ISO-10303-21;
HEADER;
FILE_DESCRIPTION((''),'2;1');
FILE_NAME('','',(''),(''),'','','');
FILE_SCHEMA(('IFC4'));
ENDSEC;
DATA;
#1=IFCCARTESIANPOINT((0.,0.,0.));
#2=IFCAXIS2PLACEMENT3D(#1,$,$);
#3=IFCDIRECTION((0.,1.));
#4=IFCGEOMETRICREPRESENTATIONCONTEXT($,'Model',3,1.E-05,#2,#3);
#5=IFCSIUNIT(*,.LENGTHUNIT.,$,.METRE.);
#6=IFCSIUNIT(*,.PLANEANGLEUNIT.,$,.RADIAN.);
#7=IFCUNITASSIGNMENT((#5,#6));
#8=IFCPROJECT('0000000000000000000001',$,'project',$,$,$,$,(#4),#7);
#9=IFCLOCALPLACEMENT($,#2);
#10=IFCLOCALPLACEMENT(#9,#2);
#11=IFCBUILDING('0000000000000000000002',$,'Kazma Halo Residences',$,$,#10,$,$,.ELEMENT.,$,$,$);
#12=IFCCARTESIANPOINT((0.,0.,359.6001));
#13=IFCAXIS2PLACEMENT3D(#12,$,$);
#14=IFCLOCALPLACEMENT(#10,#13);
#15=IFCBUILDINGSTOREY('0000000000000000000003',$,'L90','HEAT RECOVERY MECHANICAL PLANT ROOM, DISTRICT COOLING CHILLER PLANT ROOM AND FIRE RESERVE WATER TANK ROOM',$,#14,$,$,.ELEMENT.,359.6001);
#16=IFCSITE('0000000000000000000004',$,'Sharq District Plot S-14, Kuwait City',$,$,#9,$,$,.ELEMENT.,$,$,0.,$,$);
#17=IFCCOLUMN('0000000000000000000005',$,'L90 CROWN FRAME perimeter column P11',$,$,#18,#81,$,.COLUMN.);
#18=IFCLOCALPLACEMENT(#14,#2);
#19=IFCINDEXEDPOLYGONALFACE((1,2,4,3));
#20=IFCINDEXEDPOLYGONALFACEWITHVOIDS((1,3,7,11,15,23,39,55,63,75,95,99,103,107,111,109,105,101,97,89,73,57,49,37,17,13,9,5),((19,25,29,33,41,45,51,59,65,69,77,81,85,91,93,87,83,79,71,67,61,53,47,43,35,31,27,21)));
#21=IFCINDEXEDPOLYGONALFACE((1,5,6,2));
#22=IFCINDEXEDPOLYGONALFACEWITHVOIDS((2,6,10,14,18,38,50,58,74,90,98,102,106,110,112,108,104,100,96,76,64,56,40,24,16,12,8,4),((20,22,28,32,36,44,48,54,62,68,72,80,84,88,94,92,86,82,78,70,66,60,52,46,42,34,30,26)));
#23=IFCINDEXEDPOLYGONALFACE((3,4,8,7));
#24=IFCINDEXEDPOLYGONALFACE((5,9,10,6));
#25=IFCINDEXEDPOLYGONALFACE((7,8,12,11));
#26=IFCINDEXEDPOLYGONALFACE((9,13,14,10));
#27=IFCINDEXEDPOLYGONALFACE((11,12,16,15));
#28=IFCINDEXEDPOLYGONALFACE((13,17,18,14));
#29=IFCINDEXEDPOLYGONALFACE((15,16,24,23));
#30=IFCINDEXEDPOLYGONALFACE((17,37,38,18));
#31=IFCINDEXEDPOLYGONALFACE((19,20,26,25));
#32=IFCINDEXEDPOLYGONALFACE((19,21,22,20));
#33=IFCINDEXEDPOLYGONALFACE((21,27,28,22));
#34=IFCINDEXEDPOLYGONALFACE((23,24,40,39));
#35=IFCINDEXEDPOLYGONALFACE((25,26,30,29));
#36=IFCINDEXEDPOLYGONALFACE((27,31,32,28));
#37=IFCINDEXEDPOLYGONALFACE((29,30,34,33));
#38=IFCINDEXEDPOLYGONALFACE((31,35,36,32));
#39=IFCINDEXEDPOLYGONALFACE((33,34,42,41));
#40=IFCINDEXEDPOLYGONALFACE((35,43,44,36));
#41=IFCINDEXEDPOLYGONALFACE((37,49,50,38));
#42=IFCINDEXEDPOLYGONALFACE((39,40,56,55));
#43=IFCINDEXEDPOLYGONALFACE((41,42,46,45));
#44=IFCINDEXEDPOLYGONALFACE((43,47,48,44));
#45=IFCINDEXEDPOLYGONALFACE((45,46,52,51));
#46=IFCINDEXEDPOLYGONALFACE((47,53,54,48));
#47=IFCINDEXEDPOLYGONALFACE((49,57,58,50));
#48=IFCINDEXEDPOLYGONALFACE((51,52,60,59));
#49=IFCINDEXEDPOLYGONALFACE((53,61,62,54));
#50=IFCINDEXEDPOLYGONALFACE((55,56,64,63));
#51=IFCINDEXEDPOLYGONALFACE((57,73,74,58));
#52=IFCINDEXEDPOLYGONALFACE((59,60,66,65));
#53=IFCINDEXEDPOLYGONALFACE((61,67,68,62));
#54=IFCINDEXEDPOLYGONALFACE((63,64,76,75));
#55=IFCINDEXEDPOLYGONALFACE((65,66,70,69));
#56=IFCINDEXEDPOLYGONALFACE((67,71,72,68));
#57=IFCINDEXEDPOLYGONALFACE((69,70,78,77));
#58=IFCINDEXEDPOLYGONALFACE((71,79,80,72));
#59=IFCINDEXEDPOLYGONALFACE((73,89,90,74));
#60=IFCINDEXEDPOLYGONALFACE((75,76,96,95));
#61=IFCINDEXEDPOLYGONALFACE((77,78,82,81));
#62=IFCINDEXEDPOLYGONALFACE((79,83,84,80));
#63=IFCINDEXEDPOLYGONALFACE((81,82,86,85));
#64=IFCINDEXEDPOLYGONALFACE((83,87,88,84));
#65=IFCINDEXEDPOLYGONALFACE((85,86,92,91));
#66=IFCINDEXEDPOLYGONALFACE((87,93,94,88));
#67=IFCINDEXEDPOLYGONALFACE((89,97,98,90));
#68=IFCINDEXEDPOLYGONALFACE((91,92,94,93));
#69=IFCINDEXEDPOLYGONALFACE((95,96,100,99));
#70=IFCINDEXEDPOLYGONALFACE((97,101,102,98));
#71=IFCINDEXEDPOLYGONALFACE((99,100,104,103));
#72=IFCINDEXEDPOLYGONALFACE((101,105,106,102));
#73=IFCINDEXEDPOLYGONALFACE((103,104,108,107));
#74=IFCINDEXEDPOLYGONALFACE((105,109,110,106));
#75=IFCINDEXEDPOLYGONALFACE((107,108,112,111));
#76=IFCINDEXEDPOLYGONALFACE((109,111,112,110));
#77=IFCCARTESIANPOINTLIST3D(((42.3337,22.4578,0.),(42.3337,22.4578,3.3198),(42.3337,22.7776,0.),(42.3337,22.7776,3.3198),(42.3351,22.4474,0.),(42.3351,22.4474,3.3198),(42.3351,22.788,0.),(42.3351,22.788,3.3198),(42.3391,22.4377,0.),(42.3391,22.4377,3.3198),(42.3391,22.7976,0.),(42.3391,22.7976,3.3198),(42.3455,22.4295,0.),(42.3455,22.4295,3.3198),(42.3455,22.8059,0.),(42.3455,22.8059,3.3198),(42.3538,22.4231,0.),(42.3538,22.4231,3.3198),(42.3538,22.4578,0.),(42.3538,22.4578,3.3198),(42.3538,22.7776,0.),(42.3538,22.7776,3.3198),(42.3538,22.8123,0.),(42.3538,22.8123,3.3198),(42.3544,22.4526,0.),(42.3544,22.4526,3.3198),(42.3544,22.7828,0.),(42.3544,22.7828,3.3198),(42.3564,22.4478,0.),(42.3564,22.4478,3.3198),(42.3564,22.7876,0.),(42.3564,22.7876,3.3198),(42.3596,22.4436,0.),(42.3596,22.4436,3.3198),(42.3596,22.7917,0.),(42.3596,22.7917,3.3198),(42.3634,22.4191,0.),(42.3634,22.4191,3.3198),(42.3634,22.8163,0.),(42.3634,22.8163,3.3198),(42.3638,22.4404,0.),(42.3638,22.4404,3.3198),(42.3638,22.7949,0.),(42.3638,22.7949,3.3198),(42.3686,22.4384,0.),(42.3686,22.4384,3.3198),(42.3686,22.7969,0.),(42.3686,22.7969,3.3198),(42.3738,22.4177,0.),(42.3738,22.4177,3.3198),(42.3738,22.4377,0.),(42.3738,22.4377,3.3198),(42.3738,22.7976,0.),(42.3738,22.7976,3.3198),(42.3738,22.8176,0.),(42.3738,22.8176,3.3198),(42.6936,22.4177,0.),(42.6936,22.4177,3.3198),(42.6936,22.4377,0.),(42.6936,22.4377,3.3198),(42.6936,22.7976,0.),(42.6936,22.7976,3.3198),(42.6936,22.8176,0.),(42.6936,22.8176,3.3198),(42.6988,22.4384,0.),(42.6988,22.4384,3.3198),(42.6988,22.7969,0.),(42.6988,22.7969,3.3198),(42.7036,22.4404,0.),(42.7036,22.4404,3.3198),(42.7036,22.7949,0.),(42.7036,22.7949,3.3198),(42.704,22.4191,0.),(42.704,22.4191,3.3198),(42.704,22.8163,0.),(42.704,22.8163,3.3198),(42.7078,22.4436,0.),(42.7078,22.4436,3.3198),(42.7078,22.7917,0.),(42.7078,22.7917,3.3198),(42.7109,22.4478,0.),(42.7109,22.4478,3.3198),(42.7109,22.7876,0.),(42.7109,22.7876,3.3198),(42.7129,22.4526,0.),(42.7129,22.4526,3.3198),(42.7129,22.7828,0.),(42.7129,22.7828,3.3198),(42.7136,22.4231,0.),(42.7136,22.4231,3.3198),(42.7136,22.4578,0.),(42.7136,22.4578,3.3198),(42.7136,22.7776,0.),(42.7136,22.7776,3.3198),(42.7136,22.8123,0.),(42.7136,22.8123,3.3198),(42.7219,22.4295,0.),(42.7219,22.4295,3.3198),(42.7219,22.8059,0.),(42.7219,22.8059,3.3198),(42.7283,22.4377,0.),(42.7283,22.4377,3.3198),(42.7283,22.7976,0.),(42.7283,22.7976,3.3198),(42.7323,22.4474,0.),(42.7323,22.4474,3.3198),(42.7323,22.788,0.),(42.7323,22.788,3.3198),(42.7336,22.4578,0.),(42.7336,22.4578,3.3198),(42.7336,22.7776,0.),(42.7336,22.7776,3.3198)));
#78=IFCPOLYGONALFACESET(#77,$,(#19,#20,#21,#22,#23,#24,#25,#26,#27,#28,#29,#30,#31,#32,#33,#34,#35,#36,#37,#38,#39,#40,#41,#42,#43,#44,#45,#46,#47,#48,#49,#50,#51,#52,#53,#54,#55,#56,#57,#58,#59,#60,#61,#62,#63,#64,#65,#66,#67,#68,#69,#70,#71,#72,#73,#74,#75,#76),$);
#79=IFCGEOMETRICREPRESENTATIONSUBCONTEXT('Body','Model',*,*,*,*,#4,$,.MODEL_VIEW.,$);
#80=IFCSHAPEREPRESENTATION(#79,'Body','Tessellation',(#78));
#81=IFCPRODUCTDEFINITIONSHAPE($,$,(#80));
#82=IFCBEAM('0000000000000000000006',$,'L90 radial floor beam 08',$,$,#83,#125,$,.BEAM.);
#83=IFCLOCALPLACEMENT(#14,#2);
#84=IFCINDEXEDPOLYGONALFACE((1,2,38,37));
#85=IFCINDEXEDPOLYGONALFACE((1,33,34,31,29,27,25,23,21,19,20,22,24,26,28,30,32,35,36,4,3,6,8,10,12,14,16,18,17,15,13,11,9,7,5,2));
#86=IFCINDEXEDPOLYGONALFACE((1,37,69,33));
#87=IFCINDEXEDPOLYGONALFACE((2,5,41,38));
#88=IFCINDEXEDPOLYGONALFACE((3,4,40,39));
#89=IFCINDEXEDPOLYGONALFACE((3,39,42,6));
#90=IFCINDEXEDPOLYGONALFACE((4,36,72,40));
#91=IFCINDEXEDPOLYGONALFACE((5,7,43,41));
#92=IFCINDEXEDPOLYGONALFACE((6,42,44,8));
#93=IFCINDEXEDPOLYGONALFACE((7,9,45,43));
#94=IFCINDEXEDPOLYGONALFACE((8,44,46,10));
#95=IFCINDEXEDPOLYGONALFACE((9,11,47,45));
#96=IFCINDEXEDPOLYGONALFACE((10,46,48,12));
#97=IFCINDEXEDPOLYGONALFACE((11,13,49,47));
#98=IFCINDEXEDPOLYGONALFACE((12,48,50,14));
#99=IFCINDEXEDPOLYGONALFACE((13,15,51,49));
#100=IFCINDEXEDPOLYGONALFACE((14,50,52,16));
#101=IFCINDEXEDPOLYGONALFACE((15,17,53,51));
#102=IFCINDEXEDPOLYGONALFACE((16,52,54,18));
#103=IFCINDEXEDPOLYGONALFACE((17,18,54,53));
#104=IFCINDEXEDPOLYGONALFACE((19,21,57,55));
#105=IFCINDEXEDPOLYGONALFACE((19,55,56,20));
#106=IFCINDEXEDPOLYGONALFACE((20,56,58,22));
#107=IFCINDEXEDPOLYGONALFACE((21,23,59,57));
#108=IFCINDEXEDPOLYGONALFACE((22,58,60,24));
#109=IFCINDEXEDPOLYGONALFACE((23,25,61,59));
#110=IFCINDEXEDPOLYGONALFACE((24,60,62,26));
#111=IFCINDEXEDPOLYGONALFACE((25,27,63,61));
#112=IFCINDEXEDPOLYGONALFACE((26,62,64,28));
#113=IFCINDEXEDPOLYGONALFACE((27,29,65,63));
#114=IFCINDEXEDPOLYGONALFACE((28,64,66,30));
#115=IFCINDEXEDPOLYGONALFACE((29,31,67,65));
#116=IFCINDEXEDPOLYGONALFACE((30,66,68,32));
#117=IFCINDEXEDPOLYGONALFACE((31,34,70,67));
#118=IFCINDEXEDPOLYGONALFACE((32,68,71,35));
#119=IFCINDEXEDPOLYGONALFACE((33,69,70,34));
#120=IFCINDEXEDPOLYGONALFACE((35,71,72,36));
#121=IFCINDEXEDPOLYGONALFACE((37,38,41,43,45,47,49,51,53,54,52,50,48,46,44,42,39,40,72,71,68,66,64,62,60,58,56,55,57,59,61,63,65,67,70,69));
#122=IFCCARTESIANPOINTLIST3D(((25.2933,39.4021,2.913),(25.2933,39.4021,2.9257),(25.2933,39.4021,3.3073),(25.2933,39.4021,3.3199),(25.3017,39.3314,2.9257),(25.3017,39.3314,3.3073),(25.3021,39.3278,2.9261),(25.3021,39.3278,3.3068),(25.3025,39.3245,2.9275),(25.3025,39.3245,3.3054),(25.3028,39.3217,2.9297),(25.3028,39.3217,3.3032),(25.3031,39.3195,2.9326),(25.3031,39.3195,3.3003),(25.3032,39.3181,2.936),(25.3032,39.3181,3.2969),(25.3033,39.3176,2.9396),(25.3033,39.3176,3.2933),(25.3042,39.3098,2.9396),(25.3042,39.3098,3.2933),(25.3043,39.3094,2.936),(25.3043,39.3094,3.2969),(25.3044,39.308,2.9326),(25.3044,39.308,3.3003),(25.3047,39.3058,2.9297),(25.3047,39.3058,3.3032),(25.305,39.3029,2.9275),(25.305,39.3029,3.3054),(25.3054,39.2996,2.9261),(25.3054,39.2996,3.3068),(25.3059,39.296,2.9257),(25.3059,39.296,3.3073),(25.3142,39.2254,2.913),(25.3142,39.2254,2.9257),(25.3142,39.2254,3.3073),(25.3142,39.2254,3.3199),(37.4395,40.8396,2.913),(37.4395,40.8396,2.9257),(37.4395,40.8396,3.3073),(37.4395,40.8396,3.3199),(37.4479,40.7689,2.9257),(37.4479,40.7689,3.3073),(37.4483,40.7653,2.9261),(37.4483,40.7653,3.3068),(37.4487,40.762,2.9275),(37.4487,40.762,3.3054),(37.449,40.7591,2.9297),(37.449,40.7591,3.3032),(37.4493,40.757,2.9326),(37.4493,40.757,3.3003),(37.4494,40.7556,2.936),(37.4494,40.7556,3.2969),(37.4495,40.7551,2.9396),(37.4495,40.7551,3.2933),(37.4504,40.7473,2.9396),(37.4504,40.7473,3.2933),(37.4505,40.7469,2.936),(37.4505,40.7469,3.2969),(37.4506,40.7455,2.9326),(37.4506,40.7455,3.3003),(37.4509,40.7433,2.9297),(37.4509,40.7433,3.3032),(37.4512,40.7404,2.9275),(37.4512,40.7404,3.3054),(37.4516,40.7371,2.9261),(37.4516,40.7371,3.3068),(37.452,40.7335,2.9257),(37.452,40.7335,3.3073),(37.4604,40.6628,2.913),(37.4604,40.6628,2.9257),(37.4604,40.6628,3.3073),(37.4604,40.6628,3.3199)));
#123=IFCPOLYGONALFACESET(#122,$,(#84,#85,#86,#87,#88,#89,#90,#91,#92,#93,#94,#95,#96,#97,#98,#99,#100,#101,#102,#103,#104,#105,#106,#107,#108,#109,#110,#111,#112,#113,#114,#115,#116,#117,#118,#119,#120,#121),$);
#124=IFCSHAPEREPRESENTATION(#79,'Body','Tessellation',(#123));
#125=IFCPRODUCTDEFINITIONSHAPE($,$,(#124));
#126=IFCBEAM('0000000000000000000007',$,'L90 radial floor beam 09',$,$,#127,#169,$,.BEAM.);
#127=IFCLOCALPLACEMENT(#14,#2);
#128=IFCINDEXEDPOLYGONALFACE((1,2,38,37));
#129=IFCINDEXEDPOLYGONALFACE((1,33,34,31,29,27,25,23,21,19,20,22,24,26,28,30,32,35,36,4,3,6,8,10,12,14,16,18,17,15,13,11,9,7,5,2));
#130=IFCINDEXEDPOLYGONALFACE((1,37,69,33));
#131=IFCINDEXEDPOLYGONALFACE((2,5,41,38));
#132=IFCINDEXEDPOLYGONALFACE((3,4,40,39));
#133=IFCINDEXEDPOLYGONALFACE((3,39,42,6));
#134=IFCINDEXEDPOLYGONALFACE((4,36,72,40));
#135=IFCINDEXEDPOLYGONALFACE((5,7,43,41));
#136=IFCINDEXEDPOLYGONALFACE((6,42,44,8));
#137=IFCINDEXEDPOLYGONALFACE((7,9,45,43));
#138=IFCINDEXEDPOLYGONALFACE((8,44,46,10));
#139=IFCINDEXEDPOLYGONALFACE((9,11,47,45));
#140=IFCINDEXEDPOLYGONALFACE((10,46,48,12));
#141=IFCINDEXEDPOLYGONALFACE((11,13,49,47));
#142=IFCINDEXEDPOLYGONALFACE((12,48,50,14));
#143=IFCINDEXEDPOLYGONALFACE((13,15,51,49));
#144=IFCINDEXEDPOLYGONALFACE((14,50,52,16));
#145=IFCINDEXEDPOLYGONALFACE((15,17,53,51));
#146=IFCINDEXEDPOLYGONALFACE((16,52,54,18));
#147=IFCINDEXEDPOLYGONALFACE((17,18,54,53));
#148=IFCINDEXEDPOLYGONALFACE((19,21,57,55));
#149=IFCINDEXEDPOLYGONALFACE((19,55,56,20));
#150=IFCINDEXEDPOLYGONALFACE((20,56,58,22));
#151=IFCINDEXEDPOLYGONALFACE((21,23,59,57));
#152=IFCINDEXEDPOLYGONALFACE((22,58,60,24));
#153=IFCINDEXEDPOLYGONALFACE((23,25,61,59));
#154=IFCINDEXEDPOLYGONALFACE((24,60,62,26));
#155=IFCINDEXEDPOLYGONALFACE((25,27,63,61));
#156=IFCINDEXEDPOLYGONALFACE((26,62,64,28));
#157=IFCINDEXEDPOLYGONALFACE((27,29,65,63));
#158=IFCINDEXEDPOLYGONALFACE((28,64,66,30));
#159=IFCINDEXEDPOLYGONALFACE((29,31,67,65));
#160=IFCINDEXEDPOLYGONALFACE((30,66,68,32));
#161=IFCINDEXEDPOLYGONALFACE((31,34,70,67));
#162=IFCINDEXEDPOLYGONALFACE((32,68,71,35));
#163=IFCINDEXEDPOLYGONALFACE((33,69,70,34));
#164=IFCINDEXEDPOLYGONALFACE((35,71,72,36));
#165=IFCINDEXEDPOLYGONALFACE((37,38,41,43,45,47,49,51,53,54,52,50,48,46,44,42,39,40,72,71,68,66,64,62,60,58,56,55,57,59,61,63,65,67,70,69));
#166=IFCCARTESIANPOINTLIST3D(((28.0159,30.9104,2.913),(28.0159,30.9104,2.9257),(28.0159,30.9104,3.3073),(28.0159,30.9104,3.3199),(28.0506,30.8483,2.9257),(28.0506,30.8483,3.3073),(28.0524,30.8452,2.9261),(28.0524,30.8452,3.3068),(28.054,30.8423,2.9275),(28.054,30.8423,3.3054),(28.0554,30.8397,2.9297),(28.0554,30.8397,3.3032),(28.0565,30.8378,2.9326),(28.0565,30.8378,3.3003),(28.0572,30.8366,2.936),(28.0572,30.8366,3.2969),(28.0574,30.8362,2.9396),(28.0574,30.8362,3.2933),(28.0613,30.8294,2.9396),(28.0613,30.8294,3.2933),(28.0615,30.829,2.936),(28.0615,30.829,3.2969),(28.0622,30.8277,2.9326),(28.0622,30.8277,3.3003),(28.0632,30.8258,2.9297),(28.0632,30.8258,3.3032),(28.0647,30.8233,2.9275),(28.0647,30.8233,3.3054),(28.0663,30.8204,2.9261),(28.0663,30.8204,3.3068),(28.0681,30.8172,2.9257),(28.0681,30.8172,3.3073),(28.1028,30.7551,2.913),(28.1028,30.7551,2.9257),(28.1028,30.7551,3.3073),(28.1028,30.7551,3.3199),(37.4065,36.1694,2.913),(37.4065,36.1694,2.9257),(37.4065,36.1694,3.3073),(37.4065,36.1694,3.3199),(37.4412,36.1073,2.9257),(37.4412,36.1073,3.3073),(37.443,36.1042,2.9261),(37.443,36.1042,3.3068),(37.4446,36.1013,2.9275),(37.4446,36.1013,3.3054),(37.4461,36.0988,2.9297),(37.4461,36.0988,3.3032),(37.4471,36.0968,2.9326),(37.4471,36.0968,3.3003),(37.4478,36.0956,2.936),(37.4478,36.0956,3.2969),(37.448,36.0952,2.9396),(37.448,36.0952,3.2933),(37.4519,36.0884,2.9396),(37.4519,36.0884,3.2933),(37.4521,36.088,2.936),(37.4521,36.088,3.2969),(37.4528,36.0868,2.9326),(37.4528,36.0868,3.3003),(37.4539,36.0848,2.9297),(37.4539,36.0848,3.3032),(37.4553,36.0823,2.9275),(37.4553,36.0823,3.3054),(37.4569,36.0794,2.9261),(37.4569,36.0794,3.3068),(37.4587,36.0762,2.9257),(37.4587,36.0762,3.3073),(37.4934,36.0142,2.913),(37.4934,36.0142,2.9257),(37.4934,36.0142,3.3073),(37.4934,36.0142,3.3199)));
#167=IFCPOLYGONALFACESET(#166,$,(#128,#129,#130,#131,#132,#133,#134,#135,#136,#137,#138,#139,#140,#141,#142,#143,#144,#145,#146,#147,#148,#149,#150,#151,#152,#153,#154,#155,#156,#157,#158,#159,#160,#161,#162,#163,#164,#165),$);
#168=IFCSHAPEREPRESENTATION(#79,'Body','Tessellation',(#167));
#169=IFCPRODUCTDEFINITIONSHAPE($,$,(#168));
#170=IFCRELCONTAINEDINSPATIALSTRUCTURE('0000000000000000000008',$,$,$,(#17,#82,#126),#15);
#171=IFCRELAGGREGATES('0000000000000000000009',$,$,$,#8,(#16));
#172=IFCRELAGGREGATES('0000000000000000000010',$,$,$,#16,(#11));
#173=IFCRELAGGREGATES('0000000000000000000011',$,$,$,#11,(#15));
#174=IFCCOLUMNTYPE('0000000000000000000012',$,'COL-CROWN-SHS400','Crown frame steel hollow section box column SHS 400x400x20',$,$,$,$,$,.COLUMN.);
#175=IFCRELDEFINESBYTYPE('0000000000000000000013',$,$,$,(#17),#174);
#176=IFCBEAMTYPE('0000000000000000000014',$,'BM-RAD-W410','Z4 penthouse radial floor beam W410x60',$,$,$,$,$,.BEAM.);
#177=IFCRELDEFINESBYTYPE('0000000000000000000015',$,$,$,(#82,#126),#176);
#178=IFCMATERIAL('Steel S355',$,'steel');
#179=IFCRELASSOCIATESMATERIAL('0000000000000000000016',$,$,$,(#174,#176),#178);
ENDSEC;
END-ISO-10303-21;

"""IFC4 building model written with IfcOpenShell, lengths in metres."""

from ifc_helpers import new_model, si_unit, direction, frame, origin, origin_2d, place, context, subcontext, project, spatial, hollow_rectangle, i_section, extrude, material, material_profile, profile_set, type_object, element, save


model = new_model("IFC4")

# Units and contexts
model_context = context("Model", 3, precision=1e-05, world=origin(), true_north=direction((0.0, 1.0)))
body_context = subcontext(model_context, "Body", "Model", "MODEL_VIEW")
ifc_project = project(units=[si_unit("LENGTHUNIT", "METRE"), si_unit("PLANEANGLEUNIT", "RADIAN")], contexts=[model_context])

# Site, building, storey
site_placement = place(None, origin())
site = spatial("IfcSite", under=ifc_project, at=site_placement, Name="Sharq District Plot S-14, Kuwait City", CompositionType="ELEMENT", RefElevation=0.0)
building_placement = place(site_placement, origin())
building = spatial("IfcBuilding", under=site, at=building_placement, Name="Kazma Halo Residences", CompositionType="ELEMENT")
storey_placement = place(building_placement, frame((0.0, 0.0, 359.6001)))
storey = spatial("IfcBuildingStorey", under=building, at=storey_placement, Name="L90", Description="HEAT RECOVERY MECHANICAL PLANT ROOM, DISTRICT COOLING CHILLER PLANT ROOM AND FIRE RESERVE WATER TANK ROOM", CompositionType="ELEMENT", Elevation=359.6001)

# Column
ifc_material_1 = material(Name="Steel S355", Category="steel")
ifc_material_profile_1 = material_profile(ifc_material_1, hollow_rectangle(XDim=0.3999, YDim=0.3999, WallThickness=0.02, InnerFilletRadius=0.02, OuterFilletRadius=0.04, at=origin_2d()), Name="SHS400x400x20")
ifc_profile_set_1 = profile_set([ifc_material_profile_1], Name="Steel S355")
column_type = type_object("IfcColumnType", Name="COL-CROWN-SHS400", Description="Crown frame steel hollow section box column SHS 400x400x20", PredefinedType="COLUMN", material=ifc_profile_set_1)
column_placement = place(storey_placement, frame((42.5337, 22.6177, 0.0), z_axis=(0.0, 0.0, 1.0), x_axis=(1.0, 0.0, 0.0)))
element("IfcColumn", 1, at=column_placement, inside=storey, type_object=column_type, Name="L90 CROWN FRAME perimeter column P11", PredefinedType="COLUMN", context=body_context, shape_type="SweptSolid", body=[
    extrude(hollow_rectangle(XDim=0.3999, YDim=0.3999, WallThickness=0.02, InnerFilletRadius=0.02, OuterFilletRadius=0.04, at=origin_2d()), origin(), (0.0, 0.0, 1.0), 3.3198),
])

# Beams
ifc_material_profile_2 = material_profile(ifc_material_1, i_section(OverallWidth=0.178, OverallDepth=0.407, WebThickness=0.0078, FlangeThickness=0.0127, FilletRadius=0.0139, at=origin_2d()), Name="W410x60")
ifc_profile_set_2 = profile_set([ifc_material_profile_2], Name="Steel S355")
beam_type_1 = type_object("IfcBeamType", Name="BM-RAD-W410", Description="Z4 penthouse radial floor beam W410x60", PredefinedType="BEAM", material=ifc_profile_set_2)
beam_1_placement = place(storey_placement, frame((37.45, 40.7512, 3.1165), z_axis=(-0.993069, -0.117529, 0.0), x_axis=(0.117529, -0.993069, 0.0)))
element("IfcBeam", 2, at=beam_1_placement, inside=storey, type_object=beam_type_1, Name="L90 radial floor beam 08", PredefinedType="BEAM", context=body_context, shape_type="SweptSolid", body=[
    extrude(i_section(OverallWidth=0.178, OverallDepth=0.407, WebThickness=0.0078, FlangeThickness=0.0127, FilletRadius=0.0139, at=origin_2d()), origin(), (0.0, 0.0, 1.0), 12.231),
])
beam_2_placement = place(storey_placement, frame((37.45, 36.0918, 3.1165), z_axis=(-0.872495, -0.488623, 0.0), x_axis=(0.488623, -0.872495, 0.0)))
element("IfcBeam", 3, at=beam_2_placement, inside=storey, type_object=beam_type_1, Name="L90 radial floor beam 09", PredefinedType="BEAM", context=body_context, shape_type="SweptSolid", body=[
    extrude(i_section(OverallWidth=0.178, OverallDepth=0.407, WebThickness=0.0078, FlangeThickness=0.0127, FilletRadius=0.0139, at=origin_2d()), origin(), (0.0, 0.0, 1.0), 10.7629),
])

save(model, "model.ifc")
